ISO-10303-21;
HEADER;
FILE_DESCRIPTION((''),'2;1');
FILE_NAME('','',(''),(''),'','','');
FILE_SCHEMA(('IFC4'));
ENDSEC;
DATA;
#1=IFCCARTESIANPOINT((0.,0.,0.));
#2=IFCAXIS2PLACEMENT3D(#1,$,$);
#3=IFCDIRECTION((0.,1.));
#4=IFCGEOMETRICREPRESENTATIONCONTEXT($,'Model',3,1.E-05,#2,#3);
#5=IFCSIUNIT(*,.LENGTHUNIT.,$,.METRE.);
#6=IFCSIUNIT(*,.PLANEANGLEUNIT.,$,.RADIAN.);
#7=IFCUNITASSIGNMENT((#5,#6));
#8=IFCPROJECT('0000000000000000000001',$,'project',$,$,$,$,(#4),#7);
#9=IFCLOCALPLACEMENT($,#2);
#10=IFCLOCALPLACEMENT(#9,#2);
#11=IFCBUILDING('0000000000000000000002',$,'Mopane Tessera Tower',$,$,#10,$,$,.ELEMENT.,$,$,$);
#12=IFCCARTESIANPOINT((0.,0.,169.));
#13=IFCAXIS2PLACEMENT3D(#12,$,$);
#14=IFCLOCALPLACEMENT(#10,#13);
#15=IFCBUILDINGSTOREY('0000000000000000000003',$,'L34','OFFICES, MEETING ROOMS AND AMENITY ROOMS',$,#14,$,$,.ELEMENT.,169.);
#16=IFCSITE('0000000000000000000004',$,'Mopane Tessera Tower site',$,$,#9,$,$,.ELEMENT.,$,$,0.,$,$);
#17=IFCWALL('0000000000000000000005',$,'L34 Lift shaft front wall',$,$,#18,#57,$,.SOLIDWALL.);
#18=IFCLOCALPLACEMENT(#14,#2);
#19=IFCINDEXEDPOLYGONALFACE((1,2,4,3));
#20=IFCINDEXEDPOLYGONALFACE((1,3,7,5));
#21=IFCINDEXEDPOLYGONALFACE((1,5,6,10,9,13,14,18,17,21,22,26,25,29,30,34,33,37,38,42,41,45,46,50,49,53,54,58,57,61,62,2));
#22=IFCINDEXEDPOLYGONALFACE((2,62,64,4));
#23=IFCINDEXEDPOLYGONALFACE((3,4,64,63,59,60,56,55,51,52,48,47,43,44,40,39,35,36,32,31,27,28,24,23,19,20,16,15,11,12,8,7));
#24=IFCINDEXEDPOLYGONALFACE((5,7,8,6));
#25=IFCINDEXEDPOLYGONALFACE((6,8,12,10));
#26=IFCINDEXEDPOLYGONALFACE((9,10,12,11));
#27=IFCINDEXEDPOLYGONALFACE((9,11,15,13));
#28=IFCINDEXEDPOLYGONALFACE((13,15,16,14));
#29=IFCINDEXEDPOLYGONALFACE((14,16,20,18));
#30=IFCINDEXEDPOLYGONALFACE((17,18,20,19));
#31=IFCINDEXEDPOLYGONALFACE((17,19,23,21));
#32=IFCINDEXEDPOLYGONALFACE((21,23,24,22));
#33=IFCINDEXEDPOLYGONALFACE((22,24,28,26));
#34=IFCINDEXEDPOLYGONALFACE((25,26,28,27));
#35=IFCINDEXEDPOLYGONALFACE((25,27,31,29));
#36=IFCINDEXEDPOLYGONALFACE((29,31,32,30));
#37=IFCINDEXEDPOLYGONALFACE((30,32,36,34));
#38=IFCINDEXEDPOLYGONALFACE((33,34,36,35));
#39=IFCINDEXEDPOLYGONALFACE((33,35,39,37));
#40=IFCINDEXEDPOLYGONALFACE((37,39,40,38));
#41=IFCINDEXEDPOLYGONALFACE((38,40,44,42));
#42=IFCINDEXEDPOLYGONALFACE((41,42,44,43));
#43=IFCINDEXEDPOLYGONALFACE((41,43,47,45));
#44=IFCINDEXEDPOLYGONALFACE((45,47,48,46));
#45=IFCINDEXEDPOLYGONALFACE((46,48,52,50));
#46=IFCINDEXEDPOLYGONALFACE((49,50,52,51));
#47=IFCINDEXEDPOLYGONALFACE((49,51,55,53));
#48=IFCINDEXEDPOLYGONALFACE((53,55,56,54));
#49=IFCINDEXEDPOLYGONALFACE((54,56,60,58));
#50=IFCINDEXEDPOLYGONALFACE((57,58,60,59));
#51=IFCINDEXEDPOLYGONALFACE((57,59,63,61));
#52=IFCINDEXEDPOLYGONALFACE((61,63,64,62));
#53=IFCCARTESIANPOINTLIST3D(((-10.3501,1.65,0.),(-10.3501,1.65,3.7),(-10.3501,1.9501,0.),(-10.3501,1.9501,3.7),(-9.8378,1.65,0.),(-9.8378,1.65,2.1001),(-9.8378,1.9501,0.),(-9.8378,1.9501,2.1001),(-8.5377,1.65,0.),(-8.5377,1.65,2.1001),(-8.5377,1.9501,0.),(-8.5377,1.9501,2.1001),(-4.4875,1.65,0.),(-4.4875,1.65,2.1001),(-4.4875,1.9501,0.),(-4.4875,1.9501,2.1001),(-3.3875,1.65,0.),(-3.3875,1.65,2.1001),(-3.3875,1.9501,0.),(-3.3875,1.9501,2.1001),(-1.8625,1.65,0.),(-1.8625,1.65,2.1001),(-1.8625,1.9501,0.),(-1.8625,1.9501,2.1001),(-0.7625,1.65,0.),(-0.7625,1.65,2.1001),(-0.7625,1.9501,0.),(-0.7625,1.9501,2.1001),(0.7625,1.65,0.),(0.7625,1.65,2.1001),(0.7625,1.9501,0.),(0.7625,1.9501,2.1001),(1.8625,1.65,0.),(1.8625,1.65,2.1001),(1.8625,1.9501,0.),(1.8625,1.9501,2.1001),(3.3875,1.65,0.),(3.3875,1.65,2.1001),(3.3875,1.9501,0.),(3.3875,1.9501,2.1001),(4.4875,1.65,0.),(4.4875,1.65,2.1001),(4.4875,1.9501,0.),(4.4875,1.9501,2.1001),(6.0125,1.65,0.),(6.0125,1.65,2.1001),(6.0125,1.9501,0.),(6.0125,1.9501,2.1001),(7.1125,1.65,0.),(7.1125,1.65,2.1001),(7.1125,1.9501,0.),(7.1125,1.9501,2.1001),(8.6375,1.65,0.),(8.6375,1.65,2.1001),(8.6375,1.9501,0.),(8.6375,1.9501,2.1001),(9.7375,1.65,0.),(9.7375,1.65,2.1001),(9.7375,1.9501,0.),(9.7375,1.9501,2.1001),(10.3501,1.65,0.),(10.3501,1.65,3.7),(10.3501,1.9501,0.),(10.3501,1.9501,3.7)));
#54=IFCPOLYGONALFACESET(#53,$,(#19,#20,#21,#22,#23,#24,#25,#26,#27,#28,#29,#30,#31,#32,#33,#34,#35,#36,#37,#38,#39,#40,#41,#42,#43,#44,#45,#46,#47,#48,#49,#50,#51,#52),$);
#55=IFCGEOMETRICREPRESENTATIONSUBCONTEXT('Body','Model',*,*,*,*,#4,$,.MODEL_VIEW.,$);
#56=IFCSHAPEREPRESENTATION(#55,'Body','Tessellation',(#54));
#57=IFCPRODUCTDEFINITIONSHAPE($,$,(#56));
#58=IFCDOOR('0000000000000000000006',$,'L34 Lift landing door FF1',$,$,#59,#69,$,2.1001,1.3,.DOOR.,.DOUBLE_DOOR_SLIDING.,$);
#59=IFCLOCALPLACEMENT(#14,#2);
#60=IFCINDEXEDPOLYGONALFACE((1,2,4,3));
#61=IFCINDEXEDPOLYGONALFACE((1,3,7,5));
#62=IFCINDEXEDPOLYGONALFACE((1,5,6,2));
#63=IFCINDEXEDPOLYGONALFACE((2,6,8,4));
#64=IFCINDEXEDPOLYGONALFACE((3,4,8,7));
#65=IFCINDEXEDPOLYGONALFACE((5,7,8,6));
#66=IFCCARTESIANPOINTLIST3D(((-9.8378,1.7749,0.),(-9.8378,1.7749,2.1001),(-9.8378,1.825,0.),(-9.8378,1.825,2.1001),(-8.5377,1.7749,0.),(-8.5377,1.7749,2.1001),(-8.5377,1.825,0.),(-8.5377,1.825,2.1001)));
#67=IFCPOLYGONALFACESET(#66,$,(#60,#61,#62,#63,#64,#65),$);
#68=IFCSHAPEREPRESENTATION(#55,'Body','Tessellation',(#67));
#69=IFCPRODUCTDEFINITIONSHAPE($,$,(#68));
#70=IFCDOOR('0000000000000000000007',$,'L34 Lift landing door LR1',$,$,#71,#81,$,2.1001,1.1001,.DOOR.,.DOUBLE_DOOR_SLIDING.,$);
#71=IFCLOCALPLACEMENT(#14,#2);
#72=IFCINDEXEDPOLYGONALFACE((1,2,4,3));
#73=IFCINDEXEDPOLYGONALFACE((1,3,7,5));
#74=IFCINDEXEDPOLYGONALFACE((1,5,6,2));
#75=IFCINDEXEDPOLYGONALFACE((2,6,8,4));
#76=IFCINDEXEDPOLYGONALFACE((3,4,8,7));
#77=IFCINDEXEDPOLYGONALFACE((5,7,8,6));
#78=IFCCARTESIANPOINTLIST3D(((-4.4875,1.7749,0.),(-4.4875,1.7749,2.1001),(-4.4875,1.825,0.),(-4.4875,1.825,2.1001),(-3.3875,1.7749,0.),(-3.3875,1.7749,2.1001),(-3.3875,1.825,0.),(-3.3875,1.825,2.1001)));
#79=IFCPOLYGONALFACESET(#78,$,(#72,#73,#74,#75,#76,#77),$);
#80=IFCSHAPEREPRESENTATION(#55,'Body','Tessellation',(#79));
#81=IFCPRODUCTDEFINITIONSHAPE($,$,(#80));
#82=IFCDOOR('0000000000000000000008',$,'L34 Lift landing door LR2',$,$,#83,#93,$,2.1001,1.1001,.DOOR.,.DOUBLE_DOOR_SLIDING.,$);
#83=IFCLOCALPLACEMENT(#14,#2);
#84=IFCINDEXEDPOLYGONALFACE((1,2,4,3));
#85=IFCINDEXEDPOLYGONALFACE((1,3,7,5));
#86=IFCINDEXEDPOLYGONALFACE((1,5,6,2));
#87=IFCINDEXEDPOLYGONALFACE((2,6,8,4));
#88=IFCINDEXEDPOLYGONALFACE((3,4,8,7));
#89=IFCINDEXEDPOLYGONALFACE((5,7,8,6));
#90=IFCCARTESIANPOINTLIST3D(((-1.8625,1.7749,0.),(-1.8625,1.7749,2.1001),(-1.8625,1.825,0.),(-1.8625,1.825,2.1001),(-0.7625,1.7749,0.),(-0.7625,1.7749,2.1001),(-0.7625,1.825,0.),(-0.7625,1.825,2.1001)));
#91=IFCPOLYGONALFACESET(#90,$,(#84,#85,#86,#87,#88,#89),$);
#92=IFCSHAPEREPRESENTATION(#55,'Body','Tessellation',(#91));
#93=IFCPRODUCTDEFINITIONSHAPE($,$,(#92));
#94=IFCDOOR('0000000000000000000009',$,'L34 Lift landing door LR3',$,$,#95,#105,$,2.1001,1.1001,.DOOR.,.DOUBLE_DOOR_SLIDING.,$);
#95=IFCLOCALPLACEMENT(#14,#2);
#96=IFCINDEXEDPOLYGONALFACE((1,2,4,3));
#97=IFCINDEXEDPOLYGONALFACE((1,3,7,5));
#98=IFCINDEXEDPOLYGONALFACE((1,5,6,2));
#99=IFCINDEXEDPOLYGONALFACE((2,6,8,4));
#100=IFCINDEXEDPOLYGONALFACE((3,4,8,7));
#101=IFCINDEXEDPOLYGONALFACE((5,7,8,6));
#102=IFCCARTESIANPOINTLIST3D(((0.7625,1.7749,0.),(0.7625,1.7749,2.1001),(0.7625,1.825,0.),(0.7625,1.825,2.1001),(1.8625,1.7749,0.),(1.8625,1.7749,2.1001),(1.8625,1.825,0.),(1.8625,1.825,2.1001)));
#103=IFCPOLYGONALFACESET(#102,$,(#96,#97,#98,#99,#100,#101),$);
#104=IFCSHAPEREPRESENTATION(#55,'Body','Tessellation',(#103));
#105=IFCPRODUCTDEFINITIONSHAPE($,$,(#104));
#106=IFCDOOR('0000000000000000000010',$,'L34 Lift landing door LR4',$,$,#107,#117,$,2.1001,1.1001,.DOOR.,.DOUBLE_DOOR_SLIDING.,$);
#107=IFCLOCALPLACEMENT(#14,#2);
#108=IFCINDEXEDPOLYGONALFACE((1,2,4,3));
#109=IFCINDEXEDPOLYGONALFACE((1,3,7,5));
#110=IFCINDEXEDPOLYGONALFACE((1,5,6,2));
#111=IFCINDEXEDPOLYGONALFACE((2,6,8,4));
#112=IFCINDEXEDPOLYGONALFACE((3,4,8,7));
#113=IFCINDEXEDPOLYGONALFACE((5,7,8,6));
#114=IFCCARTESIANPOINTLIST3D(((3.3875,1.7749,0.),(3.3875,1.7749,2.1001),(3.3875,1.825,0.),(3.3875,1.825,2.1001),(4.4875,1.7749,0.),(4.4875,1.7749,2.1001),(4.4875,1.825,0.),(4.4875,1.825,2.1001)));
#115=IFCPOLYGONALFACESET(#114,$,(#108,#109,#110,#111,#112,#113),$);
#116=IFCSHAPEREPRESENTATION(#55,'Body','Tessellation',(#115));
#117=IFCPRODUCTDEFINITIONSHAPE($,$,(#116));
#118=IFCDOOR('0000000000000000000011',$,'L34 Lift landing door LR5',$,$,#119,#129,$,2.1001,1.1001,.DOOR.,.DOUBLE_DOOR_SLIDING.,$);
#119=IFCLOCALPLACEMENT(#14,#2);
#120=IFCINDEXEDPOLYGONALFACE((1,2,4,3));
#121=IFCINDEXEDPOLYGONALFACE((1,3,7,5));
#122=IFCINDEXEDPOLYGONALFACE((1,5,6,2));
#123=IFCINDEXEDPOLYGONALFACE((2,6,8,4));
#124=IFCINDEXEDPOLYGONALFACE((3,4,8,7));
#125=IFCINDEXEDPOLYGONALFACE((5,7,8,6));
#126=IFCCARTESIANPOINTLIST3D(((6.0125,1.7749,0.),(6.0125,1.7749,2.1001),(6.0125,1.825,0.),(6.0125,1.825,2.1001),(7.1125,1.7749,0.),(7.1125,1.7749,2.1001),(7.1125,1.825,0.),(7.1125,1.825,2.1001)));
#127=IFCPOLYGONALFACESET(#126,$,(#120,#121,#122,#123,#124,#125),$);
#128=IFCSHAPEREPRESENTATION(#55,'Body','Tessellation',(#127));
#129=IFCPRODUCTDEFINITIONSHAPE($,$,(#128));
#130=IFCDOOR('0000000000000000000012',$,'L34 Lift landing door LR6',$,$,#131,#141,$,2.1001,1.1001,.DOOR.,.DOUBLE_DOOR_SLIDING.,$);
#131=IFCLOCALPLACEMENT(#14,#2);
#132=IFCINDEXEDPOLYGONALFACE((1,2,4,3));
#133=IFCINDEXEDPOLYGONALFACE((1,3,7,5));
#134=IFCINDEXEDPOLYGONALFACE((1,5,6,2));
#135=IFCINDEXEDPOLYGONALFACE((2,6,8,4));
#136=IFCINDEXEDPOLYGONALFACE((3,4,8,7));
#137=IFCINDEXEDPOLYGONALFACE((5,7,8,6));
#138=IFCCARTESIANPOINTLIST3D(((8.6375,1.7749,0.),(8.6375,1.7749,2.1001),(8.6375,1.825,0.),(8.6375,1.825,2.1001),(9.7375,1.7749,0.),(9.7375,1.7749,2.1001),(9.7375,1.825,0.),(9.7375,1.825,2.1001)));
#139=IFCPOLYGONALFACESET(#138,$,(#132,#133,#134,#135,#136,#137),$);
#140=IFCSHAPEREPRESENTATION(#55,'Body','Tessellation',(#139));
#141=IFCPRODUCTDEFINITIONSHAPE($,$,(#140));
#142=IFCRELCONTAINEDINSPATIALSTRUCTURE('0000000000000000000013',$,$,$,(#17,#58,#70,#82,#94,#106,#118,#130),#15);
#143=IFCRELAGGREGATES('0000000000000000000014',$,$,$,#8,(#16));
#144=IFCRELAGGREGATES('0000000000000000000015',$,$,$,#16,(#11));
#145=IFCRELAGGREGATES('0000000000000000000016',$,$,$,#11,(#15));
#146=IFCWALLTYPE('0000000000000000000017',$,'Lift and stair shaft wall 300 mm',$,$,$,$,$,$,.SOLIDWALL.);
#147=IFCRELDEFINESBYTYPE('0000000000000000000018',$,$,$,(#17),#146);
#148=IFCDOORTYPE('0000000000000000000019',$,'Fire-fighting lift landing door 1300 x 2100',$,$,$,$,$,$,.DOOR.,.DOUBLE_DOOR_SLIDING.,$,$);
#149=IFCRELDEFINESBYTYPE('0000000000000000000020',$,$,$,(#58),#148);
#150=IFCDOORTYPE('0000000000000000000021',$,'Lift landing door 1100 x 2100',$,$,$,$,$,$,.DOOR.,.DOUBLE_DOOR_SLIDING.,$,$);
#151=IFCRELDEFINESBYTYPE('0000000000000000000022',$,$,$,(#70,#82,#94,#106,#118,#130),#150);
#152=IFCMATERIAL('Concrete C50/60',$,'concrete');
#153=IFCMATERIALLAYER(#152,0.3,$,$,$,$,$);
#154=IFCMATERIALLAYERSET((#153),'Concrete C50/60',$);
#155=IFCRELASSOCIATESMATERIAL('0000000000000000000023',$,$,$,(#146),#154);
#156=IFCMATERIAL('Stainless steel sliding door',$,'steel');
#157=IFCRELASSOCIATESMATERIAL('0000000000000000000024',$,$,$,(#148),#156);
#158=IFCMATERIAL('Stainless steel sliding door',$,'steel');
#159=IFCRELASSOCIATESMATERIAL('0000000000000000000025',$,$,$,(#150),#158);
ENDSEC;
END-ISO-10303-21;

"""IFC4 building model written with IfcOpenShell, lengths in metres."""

from ifc_helpers import new_model, si_unit, direction, frame, frame_2d, origin, place, context, subcontext, project, spatial, rectangle, extrude, material, layer, layer_set, type_object, element, fill, save


model = new_model("IFC4")

# Units and contexts
model_context = context("Model", 3, precision=1e-05, world=origin(), true_north=direction((0.0, 1.0)))
body_context = subcontext(model_context, "Body", "Model", "MODEL_VIEW")
ifc_project = project(units=[si_unit("LENGTHUNIT", "METRE"), si_unit("PLANEANGLEUNIT", "RADIAN")], contexts=[model_context])

# Site, building, storey
site_placement = place(None, origin())
site = spatial("IfcSite", under=ifc_project, at=site_placement, Name="Mopane Tessera Tower site", CompositionType="ELEMENT", RefElevation=0.0)
building_placement = place(site_placement, origin())
building = spatial("IfcBuilding", under=site, at=building_placement, Name="Mopane Tessera Tower", CompositionType="ELEMENT")
storey_placement = place(building_placement, frame((0.0, 0.0, 169.0)))
storey = spatial("IfcBuildingStorey", under=building, at=storey_placement, Name="L34", Description="OFFICES, MEETING ROOMS AND AMENITY ROOMS", CompositionType="ELEMENT", Elevation=169.0)

# Shared definitions
ifc_material_1 = material(Name="Concrete C50/60", Category="concrete")
ifc_layer_1 = layer(ifc_material_1, 0.3)
ifc_layer_set_1 = layer_set([ifc_layer_1], Name="Concrete C50/60")
wall_type_1 = type_object("IfcWallType", Name="Lift and stair shaft wall 300 mm", PredefinedType="SOLIDWALL", material=ifc_layer_set_1)

# Wall, openings, doors
wall_1_placement = place(storey_placement, frame((-10.3501, 1.8, 0.0), z_axis=(0.0, 0.0, 1.0), x_axis=(1.0, 0.0, 0.0)))
wall_1 = element("IfcWall", 1, at=wall_1_placement, inside=storey, type_object=wall_type_1, Name="L34 Lift shaft front wall", PredefinedType="SOLIDWALL", context=body_context, shape_type="SweptSolid", body=[
    extrude(rectangle(XDim=20.7002, YDim=0.3, at=frame_2d((10.3501, 0.0))), origin(), (0.0, 0.0, 1.0), 3.7),
])
opening_1_placement = place(wall_1_placement, frame((0.5125, 0.0, 0.0)))
opening_1 = element("IfcOpeningElement", 2, at=opening_1_placement, cuts=wall_1, PredefinedType="OPENING", context=body_context, shape_type="SweptSolid", body=[
    extrude(rectangle(XDim=1.3, YDim=2.1001, at=frame_2d((0.6499, 1.05))), frame((0.0, 0.1621, 0.0), z_axis=(0.0, -1.0, 0.0), x_axis=(1.0, 0.0, 0.0)), (0.0, 0.0, 1.0), 0.324),
])
opening_2_placement = place(wall_1_placement, frame((5.8625, 0.0, 0.0)))
opening_2 = element("IfcOpeningElement", 3, at=opening_2_placement, cuts=wall_1, PredefinedType="OPENING", context=body_context, shape_type="SweptSolid", body=[
    extrude(rectangle(XDim=1.1001, YDim=2.1001, at=frame_2d((0.55, 1.05))), frame((0.0, 0.1621, 0.0), z_axis=(0.0, -1.0, 0.0), x_axis=(1.0, 0.0, 0.0)), (0.0, 0.0, 1.0), 0.324),
])
opening_3_placement = place(wall_1_placement, frame((8.4875, 0.0, 0.0)))
opening_3 = element("IfcOpeningElement", 4, at=opening_3_placement, cuts=wall_1, PredefinedType="OPENING", context=body_context, shape_type="SweptSolid", body=[
    extrude(rectangle(XDim=1.1001, YDim=2.1001, at=frame_2d((0.55, 1.05))), frame((0.0, 0.1621, 0.0), z_axis=(0.0, -1.0, 0.0), x_axis=(1.0, 0.0, 0.0)), (0.0, 0.0, 1.0), 0.324),
])
opening_4_placement = place(wall_1_placement, frame((11.1125, 0.0, 0.0)))
opening_4 = element("IfcOpeningElement", 5, at=opening_4_placement, cuts=wall_1, PredefinedType="OPENING", context=body_context, shape_type="SweptSolid", body=[
    extrude(rectangle(XDim=1.1001, YDim=2.1001, at=frame_2d((0.55, 1.05))), frame((0.0, 0.1621, 0.0), z_axis=(0.0, -1.0, 0.0), x_axis=(1.0, 0.0, 0.0)), (0.0, 0.0, 1.0), 0.324),
])
opening_5_placement = place(wall_1_placement, frame((13.7375, 0.0, 0.0)))
opening_5 = element("IfcOpeningElement", 6, at=opening_5_placement, cuts=wall_1, PredefinedType="OPENING", context=body_context, shape_type="SweptSolid", body=[
    extrude(rectangle(XDim=1.1001, YDim=2.1001, at=frame_2d((0.55, 1.05))), frame((0.0, 0.1621, 0.0), z_axis=(0.0, -1.0, 0.0), x_axis=(1.0, 0.0, 0.0)), (0.0, 0.0, 1.0), 0.324),
])
opening_6_placement = place(wall_1_placement, frame((16.3625, 0.0, 0.0)))
opening_6 = element("IfcOpeningElement", 7, at=opening_6_placement, cuts=wall_1, PredefinedType="OPENING", context=body_context, shape_type="SweptSolid", body=[
    extrude(rectangle(XDim=1.1001, YDim=2.1001, at=frame_2d((0.55, 1.05))), frame((0.0, 0.1621, 0.0), z_axis=(0.0, -1.0, 0.0), x_axis=(1.0, 0.0, 0.0)), (0.0, 0.0, 1.0), 0.324),
])
opening_7_placement = place(wall_1_placement, frame((18.9875, 0.0, 0.0)))
opening_7 = element("IfcOpeningElement", 8, at=opening_7_placement, cuts=wall_1, PredefinedType="OPENING", context=body_context, shape_type="SweptSolid", body=[
    extrude(rectangle(XDim=1.1001, YDim=2.1001, at=frame_2d((0.55, 1.05))), frame((0.0, 0.1621, 0.0), z_axis=(0.0, -1.0, 0.0), x_axis=(1.0, 0.0, 0.0)), (0.0, 0.0, 1.0), 0.324),
])
ifc_material_2 = material(Name="Stainless steel sliding door", Category="steel")
door_type_1 = type_object("IfcDoorType", Name="Fire-fighting lift landing door 1300 x 2100", OperationType="DOUBLE_DOOR_SLIDING", PredefinedType="DOOR", material=ifc_material_2)
door_1_placement = place(opening_1_placement, origin())
door_1 = element("IfcDoor", 9, at=door_1_placement, inside=storey, type_object=door_type_1, Name="L34 Lift landing door FF1", OperationType="DOUBLE_DOOR_SLIDING", OverallHeight=2.1001, OverallWidth=1.3, PredefinedType="DOOR", context=body_context, shape_type="SweptSolid", body=[
    extrude(rectangle(XDim=1.3, YDim=2.1001, at=frame_2d((0.6499, 1.05))), frame((0.0, 0.0249, 0.0), z_axis=(0.0, -1.0, 0.0), x_axis=(1.0, 0.0, 0.0)), (0.0, 0.0, 1.0), 0.05),
])
fill(opening_1, door_1)
ifc_material_3 = material(Name="Stainless steel sliding door", Category="steel")
door_type_2 = type_object("IfcDoorType", Name="Lift landing door 1100 x 2100", OperationType="DOUBLE_DOOR_SLIDING", PredefinedType="DOOR", material=ifc_material_3)
door_2_placement = place(opening_2_placement, origin())
door_2 = element("IfcDoor", 10, at=door_2_placement, inside=storey, type_object=door_type_2, Name="L34 Lift landing door LR1", OperationType="DOUBLE_DOOR_SLIDING", OverallHeight=2.1001, OverallWidth=1.1001, PredefinedType="DOOR", context=body_context, shape_type="SweptSolid", body=[
    extrude(rectangle(XDim=1.1001, YDim=2.1001, at=frame_2d((0.55, 1.05))), frame((0.0, 0.0249, 0.0), z_axis=(0.0, -1.0, 0.0), x_axis=(1.0, 0.0, 0.0)), (0.0, 0.0, 1.0), 0.05),
])
fill(opening_2, door_2)
door_3_placement = place(opening_3_placement, origin())
door_3 = element("IfcDoor", 11, at=door_3_placement, inside=storey, type_object=door_type_2, Name="L34 Lift landing door LR2", OperationType="DOUBLE_DOOR_SLIDING", OverallHeight=2.1001, OverallWidth=1.1001, PredefinedType="DOOR", context=body_context, shape_type="SweptSolid", body=[
    extrude(rectangle(XDim=1.1001, YDim=2.1001, at=frame_2d((0.55, 1.05))), frame((0.0, 0.0249, 0.0), z_axis=(0.0, -1.0, 0.0), x_axis=(1.0, 0.0, 0.0)), (0.0, 0.0, 1.0), 0.05),
])
fill(opening_3, door_3)
door_4_placement = place(opening_4_placement, origin())
door_4 = element("IfcDoor", 12, at=door_4_placement, inside=storey, type_object=door_type_2, Name="L34 Lift landing door LR3", OperationType="DOUBLE_DOOR_SLIDING", OverallHeight=2.1001, OverallWidth=1.1001, PredefinedType="DOOR", context=body_context, shape_type="SweptSolid", body=[
    extrude(rectangle(XDim=1.1001, YDim=2.1001, at=frame_2d((0.55, 1.05))), frame((0.0, 0.0249, 0.0), z_axis=(0.0, -1.0, 0.0), x_axis=(1.0, 0.0, 0.0)), (0.0, 0.0, 1.0), 0.05),
])
fill(opening_4, door_4)
door_5_placement = place(opening_5_placement, origin())
door_5 = element("IfcDoor", 13, at=door_5_placement, inside=storey, type_object=door_type_2, Name="L34 Lift landing door LR4", OperationType="DOUBLE_DOOR_SLIDING", OverallHeight=2.1001, OverallWidth=1.1001, PredefinedType="DOOR", context=body_context, shape_type="SweptSolid", body=[
    extrude(rectangle(XDim=1.1001, YDim=2.1001, at=frame_2d((0.55, 1.05))), frame((0.0, 0.0249, 0.0), z_axis=(0.0, -1.0, 0.0), x_axis=(1.0, 0.0, 0.0)), (0.0, 0.0, 1.0), 0.05),
])
fill(opening_5, door_5)
door_6_placement = place(opening_6_placement, origin())
door_6 = element("IfcDoor", 14, at=door_6_placement, inside=storey, type_object=door_type_2, Name="L34 Lift landing door LR5", OperationType="DOUBLE_DOOR_SLIDING", OverallHeight=2.1001, OverallWidth=1.1001, PredefinedType="DOOR", context=body_context, shape_type="SweptSolid", body=[
    extrude(rectangle(XDim=1.1001, YDim=2.1001, at=frame_2d((0.55, 1.05))), frame((0.0, 0.0249, 0.0), z_axis=(0.0, -1.0, 0.0), x_axis=(1.0, 0.0, 0.0)), (0.0, 0.0, 1.0), 0.05),
])
fill(opening_6, door_6)
door_7_placement = place(opening_7_placement, origin())
door_7 = element("IfcDoor", 15, at=door_7_placement, inside=storey, type_object=door_type_2, Name="L34 Lift landing door LR6", OperationType="DOUBLE_DOOR_SLIDING", OverallHeight=2.1001, OverallWidth=1.1001, PredefinedType="DOOR", context=body_context, shape_type="SweptSolid", body=[
    extrude(rectangle(XDim=1.1001, YDim=2.1001, at=frame_2d((0.55, 1.05))), frame((0.0, 0.0249, 0.0), z_axis=(0.0, -1.0, 0.0), x_axis=(1.0, 0.0, 0.0)), (0.0, 0.0, 1.0), 0.05),
])
fill(opening_7, door_7)

save(model, "model.ifc")
